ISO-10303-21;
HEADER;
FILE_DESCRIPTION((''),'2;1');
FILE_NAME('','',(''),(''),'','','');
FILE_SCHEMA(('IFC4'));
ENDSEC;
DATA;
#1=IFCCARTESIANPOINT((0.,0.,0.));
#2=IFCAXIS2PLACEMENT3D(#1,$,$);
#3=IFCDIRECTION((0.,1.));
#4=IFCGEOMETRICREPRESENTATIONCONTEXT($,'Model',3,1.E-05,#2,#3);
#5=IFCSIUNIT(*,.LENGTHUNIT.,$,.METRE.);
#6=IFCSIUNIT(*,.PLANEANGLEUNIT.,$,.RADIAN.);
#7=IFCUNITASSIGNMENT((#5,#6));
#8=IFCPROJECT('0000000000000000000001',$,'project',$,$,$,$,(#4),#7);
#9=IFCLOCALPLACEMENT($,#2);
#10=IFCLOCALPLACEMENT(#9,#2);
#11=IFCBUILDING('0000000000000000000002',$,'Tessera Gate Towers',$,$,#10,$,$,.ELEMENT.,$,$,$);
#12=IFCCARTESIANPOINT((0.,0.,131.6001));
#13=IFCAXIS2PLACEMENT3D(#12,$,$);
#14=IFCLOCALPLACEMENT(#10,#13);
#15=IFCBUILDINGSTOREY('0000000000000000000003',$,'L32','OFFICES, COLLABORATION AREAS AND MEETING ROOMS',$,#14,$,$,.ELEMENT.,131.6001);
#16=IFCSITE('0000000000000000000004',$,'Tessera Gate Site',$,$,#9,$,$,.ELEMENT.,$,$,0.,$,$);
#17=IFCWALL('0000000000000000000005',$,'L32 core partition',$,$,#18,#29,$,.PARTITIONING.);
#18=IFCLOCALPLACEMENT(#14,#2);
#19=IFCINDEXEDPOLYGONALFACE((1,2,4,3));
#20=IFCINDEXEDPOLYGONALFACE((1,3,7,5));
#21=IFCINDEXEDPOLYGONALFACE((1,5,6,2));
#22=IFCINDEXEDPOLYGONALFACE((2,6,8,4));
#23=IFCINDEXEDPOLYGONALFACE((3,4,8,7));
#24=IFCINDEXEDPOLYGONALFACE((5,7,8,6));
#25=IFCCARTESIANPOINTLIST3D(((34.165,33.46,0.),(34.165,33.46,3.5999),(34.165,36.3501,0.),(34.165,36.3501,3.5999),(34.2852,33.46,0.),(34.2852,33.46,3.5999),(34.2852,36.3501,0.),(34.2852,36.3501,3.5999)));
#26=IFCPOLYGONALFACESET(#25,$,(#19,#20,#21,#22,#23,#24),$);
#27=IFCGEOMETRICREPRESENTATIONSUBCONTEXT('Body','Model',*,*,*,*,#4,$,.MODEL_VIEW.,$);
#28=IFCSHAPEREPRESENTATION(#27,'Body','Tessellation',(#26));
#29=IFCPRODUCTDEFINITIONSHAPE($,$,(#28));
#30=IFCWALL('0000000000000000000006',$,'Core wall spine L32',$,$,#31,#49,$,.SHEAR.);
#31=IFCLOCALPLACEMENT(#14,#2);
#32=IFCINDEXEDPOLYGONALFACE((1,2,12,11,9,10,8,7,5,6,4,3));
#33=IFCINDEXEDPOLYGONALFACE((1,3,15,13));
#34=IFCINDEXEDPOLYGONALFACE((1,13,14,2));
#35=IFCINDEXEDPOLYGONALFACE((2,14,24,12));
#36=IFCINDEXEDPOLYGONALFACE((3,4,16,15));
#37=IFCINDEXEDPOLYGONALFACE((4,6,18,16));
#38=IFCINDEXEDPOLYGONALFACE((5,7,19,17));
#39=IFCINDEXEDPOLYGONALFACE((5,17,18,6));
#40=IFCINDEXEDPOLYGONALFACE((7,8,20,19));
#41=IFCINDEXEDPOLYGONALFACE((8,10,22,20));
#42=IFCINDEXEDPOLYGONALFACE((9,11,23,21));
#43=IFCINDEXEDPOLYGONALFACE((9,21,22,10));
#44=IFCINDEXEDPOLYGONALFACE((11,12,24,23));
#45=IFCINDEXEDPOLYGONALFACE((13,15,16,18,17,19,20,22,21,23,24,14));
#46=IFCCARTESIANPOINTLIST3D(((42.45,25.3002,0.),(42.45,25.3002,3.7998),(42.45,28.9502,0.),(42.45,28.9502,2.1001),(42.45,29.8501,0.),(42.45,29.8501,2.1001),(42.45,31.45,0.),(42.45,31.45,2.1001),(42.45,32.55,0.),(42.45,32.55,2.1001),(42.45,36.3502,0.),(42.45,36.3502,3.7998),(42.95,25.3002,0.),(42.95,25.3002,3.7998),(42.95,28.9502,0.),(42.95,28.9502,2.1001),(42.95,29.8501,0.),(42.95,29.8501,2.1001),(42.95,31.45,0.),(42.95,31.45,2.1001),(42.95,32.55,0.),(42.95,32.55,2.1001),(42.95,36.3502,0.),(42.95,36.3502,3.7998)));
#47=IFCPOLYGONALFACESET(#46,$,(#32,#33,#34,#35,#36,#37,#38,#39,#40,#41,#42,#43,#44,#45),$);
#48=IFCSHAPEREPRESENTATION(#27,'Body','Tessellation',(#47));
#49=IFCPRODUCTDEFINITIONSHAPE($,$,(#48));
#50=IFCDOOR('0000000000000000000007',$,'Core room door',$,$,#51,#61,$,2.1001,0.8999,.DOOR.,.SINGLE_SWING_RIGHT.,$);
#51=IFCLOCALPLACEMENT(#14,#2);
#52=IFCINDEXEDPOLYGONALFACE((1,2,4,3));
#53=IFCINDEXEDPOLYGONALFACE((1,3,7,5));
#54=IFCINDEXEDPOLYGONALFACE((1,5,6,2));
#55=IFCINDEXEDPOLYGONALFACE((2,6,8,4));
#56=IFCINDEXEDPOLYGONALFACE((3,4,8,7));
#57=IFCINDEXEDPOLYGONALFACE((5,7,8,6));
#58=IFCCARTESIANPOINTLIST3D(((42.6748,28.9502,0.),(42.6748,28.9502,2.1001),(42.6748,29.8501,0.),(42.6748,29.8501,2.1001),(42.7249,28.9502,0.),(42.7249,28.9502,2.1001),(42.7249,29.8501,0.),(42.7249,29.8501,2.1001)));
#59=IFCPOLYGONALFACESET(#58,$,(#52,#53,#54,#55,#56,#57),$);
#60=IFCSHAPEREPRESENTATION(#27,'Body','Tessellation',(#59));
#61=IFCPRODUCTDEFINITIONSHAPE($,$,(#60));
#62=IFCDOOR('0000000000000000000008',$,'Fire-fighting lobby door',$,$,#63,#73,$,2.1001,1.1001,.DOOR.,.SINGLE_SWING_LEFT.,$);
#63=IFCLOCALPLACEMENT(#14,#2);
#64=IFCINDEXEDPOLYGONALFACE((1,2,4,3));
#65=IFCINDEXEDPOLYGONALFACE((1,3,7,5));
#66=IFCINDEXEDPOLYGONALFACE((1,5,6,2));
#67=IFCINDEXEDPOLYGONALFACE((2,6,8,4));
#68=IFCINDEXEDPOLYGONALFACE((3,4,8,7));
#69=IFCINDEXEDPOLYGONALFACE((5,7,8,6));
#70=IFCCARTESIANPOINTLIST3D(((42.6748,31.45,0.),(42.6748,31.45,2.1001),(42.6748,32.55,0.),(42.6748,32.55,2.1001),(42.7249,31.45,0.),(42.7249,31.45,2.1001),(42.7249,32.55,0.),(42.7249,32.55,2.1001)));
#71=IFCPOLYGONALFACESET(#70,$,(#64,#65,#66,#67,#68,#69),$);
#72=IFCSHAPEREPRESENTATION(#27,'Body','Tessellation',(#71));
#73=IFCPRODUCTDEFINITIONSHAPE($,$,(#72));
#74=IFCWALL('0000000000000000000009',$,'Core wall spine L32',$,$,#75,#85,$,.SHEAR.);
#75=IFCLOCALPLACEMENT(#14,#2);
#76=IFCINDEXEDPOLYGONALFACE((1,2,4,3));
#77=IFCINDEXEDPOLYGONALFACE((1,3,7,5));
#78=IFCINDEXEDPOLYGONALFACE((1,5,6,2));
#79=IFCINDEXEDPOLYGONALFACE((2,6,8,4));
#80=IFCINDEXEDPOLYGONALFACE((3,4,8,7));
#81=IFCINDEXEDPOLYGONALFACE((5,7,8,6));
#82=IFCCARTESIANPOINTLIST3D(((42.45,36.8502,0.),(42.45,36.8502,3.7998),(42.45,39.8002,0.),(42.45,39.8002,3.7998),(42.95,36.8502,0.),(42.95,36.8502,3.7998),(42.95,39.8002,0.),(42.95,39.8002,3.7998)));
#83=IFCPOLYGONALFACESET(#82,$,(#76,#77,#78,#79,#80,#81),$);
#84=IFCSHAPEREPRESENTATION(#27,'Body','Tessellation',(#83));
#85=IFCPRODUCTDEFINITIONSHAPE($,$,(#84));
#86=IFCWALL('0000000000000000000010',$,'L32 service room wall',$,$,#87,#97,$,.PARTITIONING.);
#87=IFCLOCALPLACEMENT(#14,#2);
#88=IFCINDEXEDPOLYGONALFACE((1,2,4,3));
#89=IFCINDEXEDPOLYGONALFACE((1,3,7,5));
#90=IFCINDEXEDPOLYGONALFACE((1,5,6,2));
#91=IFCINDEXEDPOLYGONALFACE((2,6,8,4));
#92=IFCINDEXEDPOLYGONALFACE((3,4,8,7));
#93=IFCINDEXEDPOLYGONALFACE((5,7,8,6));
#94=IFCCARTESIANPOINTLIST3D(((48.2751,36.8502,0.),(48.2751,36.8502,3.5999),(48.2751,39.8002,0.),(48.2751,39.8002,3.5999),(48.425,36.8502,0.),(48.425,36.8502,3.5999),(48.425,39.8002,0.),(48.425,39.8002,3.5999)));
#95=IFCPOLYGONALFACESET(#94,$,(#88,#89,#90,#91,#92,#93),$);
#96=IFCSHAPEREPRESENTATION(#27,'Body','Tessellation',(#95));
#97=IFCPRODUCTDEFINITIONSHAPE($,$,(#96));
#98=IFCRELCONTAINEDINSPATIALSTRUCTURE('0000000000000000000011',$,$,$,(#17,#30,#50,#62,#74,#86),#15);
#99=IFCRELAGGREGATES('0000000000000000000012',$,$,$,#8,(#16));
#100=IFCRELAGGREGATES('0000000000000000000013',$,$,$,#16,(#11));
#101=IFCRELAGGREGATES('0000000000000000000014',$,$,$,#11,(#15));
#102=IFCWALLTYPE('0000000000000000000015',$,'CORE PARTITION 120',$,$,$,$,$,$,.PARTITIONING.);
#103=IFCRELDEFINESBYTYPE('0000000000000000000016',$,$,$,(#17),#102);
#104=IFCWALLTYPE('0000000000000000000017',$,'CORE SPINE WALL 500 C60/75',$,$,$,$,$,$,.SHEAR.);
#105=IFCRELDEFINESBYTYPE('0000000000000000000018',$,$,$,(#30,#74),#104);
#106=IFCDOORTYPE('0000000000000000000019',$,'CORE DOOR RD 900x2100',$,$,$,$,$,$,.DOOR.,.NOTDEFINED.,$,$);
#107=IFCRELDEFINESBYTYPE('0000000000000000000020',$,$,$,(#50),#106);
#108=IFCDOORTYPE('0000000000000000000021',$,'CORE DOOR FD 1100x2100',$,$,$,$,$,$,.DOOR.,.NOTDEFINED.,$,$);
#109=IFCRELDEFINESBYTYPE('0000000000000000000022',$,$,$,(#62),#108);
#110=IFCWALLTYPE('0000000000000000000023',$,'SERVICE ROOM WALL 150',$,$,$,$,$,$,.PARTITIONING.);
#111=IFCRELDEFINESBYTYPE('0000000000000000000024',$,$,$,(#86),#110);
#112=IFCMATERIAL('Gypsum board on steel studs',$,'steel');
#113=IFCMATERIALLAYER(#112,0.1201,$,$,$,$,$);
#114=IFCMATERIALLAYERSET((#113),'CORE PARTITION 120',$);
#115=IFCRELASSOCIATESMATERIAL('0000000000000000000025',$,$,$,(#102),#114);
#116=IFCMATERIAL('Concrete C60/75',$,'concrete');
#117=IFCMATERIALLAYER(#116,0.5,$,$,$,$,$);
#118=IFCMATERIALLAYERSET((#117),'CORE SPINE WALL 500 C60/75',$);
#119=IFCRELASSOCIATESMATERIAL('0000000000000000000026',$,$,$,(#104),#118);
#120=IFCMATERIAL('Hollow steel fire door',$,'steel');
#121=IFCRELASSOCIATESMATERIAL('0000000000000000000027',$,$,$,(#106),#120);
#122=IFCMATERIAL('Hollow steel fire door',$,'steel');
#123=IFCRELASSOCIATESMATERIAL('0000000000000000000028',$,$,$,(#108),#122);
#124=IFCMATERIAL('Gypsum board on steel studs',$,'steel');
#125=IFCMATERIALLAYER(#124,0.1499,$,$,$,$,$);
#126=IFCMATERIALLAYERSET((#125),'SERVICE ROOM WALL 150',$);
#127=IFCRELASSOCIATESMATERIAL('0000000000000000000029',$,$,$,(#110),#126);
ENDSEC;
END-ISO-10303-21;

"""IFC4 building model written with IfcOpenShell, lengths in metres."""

from ifc_helpers import new_model, si_unit, direction, frame, frame_2d, origin, place, context, subcontext, project, spatial, rectangle, extrude, source, transform, mapped, material, layer, layer_set, type_object, element, fill, save


model = new_model("IFC4")

# Units and contexts
model_context = context("Model", 3, precision=1e-05, world=origin(), true_north=direction((0.0, 1.0)))
body_context = subcontext(model_context, "Body", "Model", "MODEL_VIEW")
ifc_project = project(units=[si_unit("LENGTHUNIT", "METRE"), si_unit("PLANEANGLEUNIT", "RADIAN")], contexts=[model_context])

# Site, building, storey
site_placement = place(None, origin())
site = spatial("IfcSite", under=ifc_project, at=site_placement, Name="Tessera Gate Site", CompositionType="ELEMENT", RefElevation=0.0)
building_placement = place(site_placement, origin())
building = spatial("IfcBuilding", under=site, at=building_placement, Name="Tessera Gate Towers", CompositionType="ELEMENT")
storey_placement = place(building_placement, frame((0.0, 0.0, 131.6001)))
storey = spatial("IfcBuildingStorey", under=building, at=storey_placement, Name="L32", Description="OFFICES, COLLABORATION AREAS AND MEETING ROOMS", CompositionType="ELEMENT", Elevation=131.6001)

# Wall
ifc_material_1 = material(Name="Gypsum board on steel studs", Category="steel")
ifc_layer_1 = layer(ifc_material_1, 0.1201)
ifc_layer_set_1 = layer_set([ifc_layer_1], Name="CORE PARTITION 120")
wall_type_1 = type_object("IfcWallType", Name="CORE PARTITION 120", PredefinedType="PARTITIONING", material=ifc_layer_set_1)
wall_1_placement = place(storey_placement, frame((34.2251, 33.46, 0.0), z_axis=(0.0, 0.0, 1.0), x_axis=(0.0, 1.0, 0.0)))
element("IfcWall", 1, at=wall_1_placement, inside=storey, type_object=wall_type_1, Name="L32 core partition", PredefinedType="PARTITIONING", context=body_context, shape_type="SweptSolid", body=[
    extrude(rectangle(XDim=2.8901, YDim=0.1201, at=frame_2d((1.4451, 0.0))), origin(), (0.0, 0.0, 1.0), 3.5999),
])

# Wall, openings, doors
ifc_material_2 = material(Name="Concrete C60/75", Category="concrete")
ifc_layer_2 = layer(ifc_material_2, 0.5)
ifc_layer_set_2 = layer_set([ifc_layer_2], Name="CORE SPINE WALL 500 C60/75")
wall_type_2 = type_object("IfcWallType", Name="CORE SPINE WALL 500 C60/75", PredefinedType="SHEAR", material=ifc_layer_set_2)
wall_2_placement = place(storey_placement, frame((42.7, 36.3501, 0.0), z_axis=(0.0, 0.0, 1.0), x_axis=(0.0, -1.0, 0.0)))
wall_2 = element("IfcWall", 2, at=wall_2_placement, inside=storey, type_object=wall_type_2, Name="Core wall spine L32", PredefinedType="SHEAR", context=body_context, shape_type="SweptSolid", body=[
    extrude(rectangle(XDim=11.05, YDim=0.5, at=frame_2d((5.5249, 0.0))), origin(), (0.0, 0.0, 1.0), 3.7998),
])
shared_shape_1 = source(origin(), body_context, "Body", "SweptSolid", [
    extrude(rectangle(XDim=0.8999, YDim=2.1001, at=frame_2d((0.45, 1.05))), frame((0.0, 0.26, 0.0), z_axis=(0.0, -1.0, 0.0), x_axis=(1.0, 0.0, 0.0)), (0.0, 0.0, 1.0), 0.52),
])
opening_1_placement = place(wall_2_placement, frame((6.5, 0.0, 0.0)))
opening_1 = element("IfcOpeningElement", 3, at=opening_1_placement, cuts=wall_2, PredefinedType="OPENING", context=body_context, shape_type="MappedRepresentation", body=[
    mapped(shared_shape_1, transform((0.0, 0.0, 0.0), scale=1.0)),
])
shared_shape_2 = source(origin(), body_context, "Body", "SweptSolid", [
    extrude(rectangle(XDim=1.1001, YDim=2.1001, at=frame_2d((0.55, 1.05))), frame((0.0, 0.26, 0.0), z_axis=(0.0, -1.0, 0.0), x_axis=(1.0, 0.0, 0.0)), (0.0, 0.0, 1.0), 0.52),
])
opening_2_placement = place(wall_2_placement, frame((3.8, 0.0, 0.0)))
opening_2 = element("IfcOpeningElement", 4, at=opening_2_placement, cuts=wall_2, PredefinedType="OPENING", context=body_context, shape_type="MappedRepresentation", body=[
    mapped(shared_shape_2, transform((0.0, 0.0, 0.0), scale=1.0)),
])
ifc_material_3 = material(Name="Hollow steel fire door", Category="steel")
door_type_1 = type_object("IfcDoorType", Name="CORE DOOR RD 900x2100", OperationType="NOTDEFINED", PredefinedType="DOOR", material=ifc_material_3)
shared_shape_3 = source(origin(), body_context, "Body", "SweptSolid", [
    extrude(rectangle(XDim=0.8999, YDim=2.1001, at=frame_2d((0.45, 1.05))), frame((0.0, 0.0249, 0.0), z_axis=(0.0, -1.0, 0.0), x_axis=(1.0, 0.0, 0.0)), (0.0, 0.0, 1.0), 0.05),
])
door_1_placement = place(opening_1_placement, origin())
door_1 = element("IfcDoor", 5, at=door_1_placement, inside=storey, type_object=door_type_1, Name="Core room door", OperationType="SINGLE_SWING_RIGHT", OverallHeight=2.1001, OverallWidth=0.8999, PredefinedType="DOOR", context=body_context, shape_type="MappedRepresentation", body=[
    mapped(shared_shape_3, transform((0.0, 0.0, 0.0), scale=1.0)),
])
fill(opening_1, door_1)
ifc_material_4 = material(Name="Hollow steel fire door", Category="steel")
door_type_2 = type_object("IfcDoorType", Name="CORE DOOR FD 1100x2100", OperationType="NOTDEFINED", PredefinedType="DOOR", material=ifc_material_4)
shared_shape_4 = source(origin(), body_context, "Body", "SweptSolid", [
    extrude(rectangle(XDim=1.1001, YDim=2.1001, at=frame_2d((0.55, 1.05))), frame((0.0, 0.0249, 0.0), z_axis=(0.0, -1.0, 0.0), x_axis=(1.0, 0.0, 0.0)), (0.0, 0.0, 1.0), 0.05),
])
door_2_placement = place(opening_2_placement, origin())
door_2 = element("IfcDoor", 6, at=door_2_placement, inside=storey, type_object=door_type_2, Name="Fire-fighting lobby door", OperationType="SINGLE_SWING_LEFT", OverallHeight=2.1001, OverallWidth=1.1001, PredefinedType="DOOR", context=body_context, shape_type="MappedRepresentation", body=[
    mapped(shared_shape_4, transform((0.0, 0.0, 0.0), scale=1.0)),
])
fill(opening_2, door_2)

# Walls
wall_3_placement = place(storey_placement, frame((42.7, 36.8501, 0.0), z_axis=(0.0, 0.0, 1.0), x_axis=(0.0, 1.0, 0.0)))
element("IfcWall", 7, at=wall_3_placement, inside=storey, type_object=wall_type_2, Name="Core wall spine L32", PredefinedType="SHEAR", context=body_context, shape_type="SweptSolid", body=[
    extrude(rectangle(XDim=2.95, YDim=0.5, at=frame_2d((1.4751, 0.0))), origin(), (0.0, 0.0, 1.0), 3.7998),
])
ifc_material_5 = material(Name="Gypsum board on steel studs", Category="steel")
ifc_layer_3 = layer(ifc_material_5, 0.1499)
ifc_layer_set_3 = layer_set([ifc_layer_3], Name="SERVICE ROOM WALL 150")
wall_type_3 = type_object("IfcWallType", Name="SERVICE ROOM WALL 150", PredefinedType="PARTITIONING", material=ifc_layer_set_3)
wall_4_placement = place(storey_placement, frame((48.3501, 36.8501, 0.0), z_axis=(0.0, 0.0, 1.0), x_axis=(0.0, 1.0, 0.0)))
element("IfcWall", 8, at=wall_4_placement, inside=storey, type_object=wall_type_3, Name="L32 service room wall", PredefinedType="PARTITIONING", context=body_context, shape_type="SweptSolid", body=[
    extrude(rectangle(XDim=2.95, YDim=0.1499, at=frame_2d((1.4751, 0.0))), origin(), (0.0, 0.0, 1.0), 3.5999),
])

save(model, "model.ifc")
